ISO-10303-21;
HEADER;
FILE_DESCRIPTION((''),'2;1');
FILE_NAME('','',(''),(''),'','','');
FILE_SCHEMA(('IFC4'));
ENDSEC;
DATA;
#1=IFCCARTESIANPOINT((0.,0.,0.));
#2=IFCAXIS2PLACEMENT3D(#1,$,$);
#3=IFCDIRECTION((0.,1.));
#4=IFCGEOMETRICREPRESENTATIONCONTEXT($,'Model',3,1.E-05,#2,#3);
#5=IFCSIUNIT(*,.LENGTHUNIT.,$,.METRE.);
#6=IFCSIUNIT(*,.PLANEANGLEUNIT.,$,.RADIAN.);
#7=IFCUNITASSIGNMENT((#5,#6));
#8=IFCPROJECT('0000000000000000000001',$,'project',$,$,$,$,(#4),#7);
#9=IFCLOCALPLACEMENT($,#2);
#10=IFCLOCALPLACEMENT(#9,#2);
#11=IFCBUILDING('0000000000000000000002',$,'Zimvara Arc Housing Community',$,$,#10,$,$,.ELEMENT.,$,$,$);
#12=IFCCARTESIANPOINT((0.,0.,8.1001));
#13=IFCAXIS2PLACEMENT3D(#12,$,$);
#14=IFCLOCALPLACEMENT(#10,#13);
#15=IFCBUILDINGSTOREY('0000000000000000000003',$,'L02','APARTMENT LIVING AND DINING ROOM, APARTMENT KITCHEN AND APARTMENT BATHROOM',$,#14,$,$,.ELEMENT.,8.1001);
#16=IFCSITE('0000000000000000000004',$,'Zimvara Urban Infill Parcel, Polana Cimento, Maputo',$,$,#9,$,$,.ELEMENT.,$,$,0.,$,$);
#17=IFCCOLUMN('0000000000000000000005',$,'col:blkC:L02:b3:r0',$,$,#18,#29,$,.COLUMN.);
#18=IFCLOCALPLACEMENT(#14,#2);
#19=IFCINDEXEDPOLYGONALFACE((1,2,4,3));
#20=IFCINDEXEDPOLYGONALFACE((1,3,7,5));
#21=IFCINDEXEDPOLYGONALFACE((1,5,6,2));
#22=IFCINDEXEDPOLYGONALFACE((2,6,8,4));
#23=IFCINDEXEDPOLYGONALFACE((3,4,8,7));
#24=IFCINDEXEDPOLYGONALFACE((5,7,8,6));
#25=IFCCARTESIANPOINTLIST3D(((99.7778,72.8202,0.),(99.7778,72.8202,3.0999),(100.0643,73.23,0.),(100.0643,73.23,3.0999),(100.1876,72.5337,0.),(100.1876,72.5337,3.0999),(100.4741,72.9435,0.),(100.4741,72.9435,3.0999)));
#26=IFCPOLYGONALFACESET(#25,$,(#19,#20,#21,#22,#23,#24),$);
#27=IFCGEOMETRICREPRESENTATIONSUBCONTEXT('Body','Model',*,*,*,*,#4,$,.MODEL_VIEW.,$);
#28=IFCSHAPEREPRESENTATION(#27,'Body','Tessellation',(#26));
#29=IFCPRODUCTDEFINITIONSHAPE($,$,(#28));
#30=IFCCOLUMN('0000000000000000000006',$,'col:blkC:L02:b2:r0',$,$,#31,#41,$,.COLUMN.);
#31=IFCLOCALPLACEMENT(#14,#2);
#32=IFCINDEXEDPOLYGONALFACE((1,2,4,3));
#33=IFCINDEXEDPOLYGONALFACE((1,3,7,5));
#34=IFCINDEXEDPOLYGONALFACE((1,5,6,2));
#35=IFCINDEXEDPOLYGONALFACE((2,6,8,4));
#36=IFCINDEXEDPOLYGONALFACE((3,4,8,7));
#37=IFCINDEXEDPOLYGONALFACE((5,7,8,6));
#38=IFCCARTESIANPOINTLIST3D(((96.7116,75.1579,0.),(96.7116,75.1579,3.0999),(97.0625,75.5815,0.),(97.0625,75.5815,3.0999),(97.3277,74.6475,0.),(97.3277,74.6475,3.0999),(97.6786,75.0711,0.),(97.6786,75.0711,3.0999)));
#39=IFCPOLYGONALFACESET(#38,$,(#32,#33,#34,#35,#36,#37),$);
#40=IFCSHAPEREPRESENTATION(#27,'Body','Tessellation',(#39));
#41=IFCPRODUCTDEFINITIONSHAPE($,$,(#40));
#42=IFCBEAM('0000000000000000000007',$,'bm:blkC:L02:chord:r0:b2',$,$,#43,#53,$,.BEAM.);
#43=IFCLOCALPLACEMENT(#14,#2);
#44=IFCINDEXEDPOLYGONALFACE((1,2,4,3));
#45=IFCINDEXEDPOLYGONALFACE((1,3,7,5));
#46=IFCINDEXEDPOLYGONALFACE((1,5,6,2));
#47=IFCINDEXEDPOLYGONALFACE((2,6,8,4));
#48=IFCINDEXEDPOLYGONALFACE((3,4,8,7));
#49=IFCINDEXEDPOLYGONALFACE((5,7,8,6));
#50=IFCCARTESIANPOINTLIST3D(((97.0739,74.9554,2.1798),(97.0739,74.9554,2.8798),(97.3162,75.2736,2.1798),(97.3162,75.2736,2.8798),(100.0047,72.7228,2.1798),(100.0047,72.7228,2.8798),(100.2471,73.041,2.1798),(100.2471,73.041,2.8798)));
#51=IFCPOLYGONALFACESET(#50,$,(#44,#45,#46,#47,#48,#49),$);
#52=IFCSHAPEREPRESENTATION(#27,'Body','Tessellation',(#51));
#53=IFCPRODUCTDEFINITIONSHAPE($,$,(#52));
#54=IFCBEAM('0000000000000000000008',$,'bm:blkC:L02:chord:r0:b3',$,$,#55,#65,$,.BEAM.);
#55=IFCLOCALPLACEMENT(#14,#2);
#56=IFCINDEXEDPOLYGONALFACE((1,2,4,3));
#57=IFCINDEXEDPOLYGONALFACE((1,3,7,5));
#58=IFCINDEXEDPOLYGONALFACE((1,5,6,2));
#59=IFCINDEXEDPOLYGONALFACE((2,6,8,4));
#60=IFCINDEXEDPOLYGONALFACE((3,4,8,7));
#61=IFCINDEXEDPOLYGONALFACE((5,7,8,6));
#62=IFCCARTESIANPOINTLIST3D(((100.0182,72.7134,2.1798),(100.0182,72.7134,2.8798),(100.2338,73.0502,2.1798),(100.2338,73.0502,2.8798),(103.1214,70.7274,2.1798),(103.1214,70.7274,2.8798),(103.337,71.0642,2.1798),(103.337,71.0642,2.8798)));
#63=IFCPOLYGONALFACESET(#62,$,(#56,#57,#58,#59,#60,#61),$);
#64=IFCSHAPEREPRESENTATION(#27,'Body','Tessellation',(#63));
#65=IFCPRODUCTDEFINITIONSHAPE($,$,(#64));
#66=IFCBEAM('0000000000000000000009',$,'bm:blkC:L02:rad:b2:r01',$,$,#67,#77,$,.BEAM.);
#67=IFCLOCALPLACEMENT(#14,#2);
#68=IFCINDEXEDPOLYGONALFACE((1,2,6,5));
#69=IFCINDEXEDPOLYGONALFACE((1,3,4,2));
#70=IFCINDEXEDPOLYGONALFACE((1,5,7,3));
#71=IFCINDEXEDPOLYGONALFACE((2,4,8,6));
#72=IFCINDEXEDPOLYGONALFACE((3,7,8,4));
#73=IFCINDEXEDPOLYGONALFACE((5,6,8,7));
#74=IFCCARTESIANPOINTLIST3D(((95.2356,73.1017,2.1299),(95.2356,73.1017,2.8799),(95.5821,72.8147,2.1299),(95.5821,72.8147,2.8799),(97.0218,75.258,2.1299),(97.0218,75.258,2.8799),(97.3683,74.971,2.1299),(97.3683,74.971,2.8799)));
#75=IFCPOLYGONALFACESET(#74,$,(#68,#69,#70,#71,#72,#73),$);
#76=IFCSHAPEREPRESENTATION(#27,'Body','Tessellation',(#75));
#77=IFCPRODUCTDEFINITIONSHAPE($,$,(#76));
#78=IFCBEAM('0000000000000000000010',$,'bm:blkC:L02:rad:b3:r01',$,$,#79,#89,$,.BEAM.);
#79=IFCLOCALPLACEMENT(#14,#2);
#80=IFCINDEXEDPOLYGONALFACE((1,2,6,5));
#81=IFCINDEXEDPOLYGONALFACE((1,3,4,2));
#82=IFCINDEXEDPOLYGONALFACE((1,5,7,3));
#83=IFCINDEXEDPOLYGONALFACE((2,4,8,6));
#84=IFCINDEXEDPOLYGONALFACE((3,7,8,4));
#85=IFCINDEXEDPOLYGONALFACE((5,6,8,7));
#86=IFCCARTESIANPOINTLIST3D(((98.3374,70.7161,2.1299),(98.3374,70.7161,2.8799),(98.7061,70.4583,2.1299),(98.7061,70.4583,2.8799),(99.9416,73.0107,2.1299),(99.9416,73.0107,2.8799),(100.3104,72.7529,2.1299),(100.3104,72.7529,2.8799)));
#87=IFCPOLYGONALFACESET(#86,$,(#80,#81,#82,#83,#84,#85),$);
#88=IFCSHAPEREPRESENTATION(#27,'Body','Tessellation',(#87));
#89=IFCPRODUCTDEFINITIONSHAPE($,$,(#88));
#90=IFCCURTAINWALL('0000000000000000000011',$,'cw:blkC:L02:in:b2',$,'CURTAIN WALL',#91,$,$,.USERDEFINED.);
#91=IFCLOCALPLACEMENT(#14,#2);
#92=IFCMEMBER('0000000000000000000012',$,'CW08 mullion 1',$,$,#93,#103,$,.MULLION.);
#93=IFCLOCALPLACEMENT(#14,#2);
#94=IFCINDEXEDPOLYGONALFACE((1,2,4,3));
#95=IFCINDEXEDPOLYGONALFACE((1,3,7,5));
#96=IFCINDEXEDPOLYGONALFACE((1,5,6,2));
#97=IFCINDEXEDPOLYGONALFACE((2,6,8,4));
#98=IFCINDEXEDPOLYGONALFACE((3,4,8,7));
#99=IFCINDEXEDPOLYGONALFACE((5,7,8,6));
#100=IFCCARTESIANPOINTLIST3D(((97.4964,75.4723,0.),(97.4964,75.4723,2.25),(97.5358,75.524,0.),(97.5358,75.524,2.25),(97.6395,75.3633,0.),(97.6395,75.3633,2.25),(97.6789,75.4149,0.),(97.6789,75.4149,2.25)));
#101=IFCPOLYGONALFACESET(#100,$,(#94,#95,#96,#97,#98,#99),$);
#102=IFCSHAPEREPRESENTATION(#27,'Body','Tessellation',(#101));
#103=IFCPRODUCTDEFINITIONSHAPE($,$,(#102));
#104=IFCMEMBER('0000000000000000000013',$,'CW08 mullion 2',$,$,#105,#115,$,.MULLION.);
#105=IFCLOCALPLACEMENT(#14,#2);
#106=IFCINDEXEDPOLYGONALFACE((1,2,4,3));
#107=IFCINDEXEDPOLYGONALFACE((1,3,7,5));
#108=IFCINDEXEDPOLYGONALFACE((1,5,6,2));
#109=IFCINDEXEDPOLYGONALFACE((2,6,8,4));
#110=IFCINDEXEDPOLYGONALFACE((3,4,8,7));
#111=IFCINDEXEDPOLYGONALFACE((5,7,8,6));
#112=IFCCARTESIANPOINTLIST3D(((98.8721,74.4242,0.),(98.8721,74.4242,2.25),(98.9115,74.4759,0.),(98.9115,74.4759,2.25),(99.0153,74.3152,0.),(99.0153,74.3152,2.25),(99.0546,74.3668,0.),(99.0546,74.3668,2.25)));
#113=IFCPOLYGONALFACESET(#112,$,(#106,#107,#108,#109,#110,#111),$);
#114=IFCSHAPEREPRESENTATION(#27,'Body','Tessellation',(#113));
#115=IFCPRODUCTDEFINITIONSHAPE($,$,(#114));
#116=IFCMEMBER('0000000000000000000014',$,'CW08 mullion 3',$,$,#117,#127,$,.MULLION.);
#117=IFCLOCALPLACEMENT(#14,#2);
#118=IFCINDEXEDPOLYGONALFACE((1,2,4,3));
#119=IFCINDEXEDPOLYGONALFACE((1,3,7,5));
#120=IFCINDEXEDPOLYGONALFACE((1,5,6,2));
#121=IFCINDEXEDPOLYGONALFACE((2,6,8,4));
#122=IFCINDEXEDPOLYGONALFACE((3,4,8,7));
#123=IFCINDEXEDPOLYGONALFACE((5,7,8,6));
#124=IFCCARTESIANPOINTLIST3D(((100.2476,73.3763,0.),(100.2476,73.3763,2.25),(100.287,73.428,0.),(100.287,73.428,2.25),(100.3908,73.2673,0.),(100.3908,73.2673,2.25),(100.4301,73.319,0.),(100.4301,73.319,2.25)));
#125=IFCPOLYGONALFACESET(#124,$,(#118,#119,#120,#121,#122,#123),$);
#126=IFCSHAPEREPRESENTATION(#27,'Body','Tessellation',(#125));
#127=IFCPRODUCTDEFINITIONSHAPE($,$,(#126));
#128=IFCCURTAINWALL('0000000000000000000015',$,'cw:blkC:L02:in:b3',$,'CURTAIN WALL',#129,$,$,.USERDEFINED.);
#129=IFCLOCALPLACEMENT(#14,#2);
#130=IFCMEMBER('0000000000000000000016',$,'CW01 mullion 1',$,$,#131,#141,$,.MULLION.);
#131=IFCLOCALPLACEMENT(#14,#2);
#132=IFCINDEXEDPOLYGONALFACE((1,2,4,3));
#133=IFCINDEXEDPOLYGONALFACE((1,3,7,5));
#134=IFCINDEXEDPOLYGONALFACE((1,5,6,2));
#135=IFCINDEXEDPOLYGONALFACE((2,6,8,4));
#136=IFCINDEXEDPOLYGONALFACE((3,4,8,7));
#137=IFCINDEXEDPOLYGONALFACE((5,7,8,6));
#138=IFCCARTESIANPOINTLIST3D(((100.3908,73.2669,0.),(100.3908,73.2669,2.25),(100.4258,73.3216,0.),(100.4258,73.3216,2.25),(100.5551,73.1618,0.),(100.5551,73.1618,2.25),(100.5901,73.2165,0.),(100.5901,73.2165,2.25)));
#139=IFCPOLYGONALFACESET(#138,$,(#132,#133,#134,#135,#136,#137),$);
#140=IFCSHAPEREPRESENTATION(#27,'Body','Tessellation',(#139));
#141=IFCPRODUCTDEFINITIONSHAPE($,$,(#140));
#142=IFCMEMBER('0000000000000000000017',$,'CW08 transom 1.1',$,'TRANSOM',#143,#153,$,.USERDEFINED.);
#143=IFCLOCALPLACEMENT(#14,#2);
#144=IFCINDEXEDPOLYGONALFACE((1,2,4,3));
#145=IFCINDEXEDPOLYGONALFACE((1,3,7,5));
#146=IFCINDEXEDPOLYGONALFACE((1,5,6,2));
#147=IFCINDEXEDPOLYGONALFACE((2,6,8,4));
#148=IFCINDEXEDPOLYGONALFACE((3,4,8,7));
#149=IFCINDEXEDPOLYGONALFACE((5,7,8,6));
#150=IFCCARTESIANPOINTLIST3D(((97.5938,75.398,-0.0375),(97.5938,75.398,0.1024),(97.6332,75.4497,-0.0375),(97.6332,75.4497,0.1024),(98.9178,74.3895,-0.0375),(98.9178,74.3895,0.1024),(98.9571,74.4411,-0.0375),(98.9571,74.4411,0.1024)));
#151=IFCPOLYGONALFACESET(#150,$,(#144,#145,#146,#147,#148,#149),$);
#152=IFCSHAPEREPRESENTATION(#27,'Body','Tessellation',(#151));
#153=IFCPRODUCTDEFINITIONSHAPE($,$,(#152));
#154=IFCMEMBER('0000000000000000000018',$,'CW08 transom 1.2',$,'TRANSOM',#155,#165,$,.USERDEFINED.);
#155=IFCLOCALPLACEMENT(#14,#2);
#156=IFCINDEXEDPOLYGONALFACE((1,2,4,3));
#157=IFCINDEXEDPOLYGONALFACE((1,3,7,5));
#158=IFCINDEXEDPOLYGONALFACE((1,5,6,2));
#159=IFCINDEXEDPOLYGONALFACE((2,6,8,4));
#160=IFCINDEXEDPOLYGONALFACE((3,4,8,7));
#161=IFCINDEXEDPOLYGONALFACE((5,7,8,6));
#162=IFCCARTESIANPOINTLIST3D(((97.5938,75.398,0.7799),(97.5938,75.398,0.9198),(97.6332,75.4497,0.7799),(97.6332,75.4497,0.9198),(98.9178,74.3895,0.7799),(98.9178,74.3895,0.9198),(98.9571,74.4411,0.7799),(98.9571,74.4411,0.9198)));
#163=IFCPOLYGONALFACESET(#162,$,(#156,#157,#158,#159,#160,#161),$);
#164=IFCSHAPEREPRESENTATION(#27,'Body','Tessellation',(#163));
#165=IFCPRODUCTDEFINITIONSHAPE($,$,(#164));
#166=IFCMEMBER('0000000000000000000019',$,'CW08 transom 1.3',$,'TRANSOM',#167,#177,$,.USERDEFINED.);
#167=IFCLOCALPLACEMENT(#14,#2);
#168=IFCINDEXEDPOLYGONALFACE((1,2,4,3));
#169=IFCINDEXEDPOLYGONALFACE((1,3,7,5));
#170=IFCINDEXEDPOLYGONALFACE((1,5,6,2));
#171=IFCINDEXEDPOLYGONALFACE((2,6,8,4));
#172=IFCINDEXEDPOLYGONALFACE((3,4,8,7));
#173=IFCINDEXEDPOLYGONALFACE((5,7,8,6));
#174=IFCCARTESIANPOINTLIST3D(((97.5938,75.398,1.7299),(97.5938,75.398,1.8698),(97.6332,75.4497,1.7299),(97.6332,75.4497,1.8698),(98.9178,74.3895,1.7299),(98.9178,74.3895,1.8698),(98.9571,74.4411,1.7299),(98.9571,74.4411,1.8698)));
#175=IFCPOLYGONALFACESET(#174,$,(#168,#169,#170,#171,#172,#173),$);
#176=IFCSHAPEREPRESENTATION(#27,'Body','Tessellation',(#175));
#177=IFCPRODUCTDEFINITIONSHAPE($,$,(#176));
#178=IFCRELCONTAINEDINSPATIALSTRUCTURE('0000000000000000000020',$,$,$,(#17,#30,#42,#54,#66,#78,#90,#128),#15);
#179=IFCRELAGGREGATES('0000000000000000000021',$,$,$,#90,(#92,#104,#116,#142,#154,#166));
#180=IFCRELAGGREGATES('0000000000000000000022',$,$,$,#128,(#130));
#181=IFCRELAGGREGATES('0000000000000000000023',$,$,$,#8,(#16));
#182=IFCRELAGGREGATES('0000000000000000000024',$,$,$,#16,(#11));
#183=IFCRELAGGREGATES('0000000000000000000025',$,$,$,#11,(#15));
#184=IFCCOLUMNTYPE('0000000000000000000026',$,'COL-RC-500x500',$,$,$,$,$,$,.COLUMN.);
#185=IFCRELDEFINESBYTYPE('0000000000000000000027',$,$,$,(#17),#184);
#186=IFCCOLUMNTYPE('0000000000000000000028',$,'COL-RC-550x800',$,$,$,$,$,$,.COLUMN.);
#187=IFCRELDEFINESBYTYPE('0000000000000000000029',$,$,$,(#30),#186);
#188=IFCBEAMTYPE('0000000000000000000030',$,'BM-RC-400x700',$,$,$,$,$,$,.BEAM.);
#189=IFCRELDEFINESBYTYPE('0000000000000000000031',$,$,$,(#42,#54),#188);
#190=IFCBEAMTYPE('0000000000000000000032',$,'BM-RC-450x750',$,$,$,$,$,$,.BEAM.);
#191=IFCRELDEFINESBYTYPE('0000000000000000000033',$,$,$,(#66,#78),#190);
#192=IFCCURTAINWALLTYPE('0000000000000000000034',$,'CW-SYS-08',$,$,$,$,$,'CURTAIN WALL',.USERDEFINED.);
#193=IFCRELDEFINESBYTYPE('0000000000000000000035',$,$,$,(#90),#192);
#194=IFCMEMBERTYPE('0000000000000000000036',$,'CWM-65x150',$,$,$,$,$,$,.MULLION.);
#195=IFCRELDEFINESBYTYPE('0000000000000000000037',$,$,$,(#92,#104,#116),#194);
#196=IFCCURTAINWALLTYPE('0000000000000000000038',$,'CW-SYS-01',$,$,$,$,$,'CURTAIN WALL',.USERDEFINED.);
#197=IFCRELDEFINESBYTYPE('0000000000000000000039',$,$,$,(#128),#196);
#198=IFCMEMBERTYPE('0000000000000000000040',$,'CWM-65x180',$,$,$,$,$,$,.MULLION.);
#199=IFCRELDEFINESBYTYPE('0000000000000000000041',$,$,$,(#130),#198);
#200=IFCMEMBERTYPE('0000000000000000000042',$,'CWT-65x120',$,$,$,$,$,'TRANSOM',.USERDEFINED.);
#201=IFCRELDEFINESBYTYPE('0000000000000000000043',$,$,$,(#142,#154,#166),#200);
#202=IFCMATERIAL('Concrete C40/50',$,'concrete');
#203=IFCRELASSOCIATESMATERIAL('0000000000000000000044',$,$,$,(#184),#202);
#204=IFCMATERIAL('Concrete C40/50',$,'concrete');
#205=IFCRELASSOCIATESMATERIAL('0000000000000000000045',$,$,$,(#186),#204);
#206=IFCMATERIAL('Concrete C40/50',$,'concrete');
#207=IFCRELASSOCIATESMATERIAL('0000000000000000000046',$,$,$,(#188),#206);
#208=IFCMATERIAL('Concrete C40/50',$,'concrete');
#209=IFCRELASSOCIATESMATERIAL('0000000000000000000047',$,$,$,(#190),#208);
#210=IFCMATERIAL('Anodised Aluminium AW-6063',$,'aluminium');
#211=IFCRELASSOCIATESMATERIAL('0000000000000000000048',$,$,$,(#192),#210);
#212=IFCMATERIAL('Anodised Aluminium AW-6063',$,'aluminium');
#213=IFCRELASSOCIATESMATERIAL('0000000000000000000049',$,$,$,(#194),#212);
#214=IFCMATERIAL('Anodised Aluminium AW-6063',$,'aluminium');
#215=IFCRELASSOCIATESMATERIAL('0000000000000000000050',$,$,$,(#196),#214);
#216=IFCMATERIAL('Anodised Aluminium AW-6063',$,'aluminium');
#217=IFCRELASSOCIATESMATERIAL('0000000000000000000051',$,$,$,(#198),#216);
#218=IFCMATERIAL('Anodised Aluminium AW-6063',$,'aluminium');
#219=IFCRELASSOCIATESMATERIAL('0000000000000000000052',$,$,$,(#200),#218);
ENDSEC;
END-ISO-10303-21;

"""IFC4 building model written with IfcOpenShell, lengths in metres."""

from ifc_helpers import new_model, si_unit, direction, frame, origin, origin_2d, place, context, subcontext, project, spatial, rectangle, extrude, material, material_profile, profile_set, type_object, element, aggregate, save


model = new_model("IFC4")

# Units and contexts
model_context = context("Model", 3, precision=1e-05, world=origin(), true_north=direction((0.0, 1.0)))
body_context = subcontext(model_context, "Body", "Model", "MODEL_VIEW")
ifc_project = project(units=[si_unit("LENGTHUNIT", "METRE"), si_unit("PLANEANGLEUNIT", "RADIAN")], contexts=[model_context])

# Site, building, storey
site_placement = place(None, origin())
site = spatial("IfcSite", under=ifc_project, at=site_placement, Name="Zimvara Urban Infill Parcel, Polana Cimento, Maputo", CompositionType="ELEMENT", RefElevation=0.0)
building_placement = place(site_placement, origin())
building = spatial("IfcBuilding", under=site, at=building_placement, Name="Zimvara Arc Housing Community", CompositionType="ELEMENT")
storey_placement = place(building_placement, frame((0.0, 0.0, 8.1001)))
storey = spatial("IfcBuildingStorey", under=building, at=storey_placement, Name="L02", Description="APARTMENT LIVING AND DINING ROOM, APARTMENT KITCHEN AND APARTMENT BATHROOM", CompositionType="ELEMENT", Elevation=8.1001)

# Columns
ifc_material_1 = material(Name="Concrete C40/50", Category="concrete")
ifc_material_profile_1 = material_profile(ifc_material_1, rectangle(XDim=0.5, YDim=0.5, at=origin_2d()), Name="RC 500x500")
ifc_profile_set_1 = profile_set([ifc_material_profile_1], Name="Concrete C40/50")
column_type_1 = type_object("IfcColumnType", Name="COL-RC-500x500", PredefinedType="COLUMN", material=ifc_profile_set_1)
column_1_placement = place(storey_placement, frame((100.126, 72.8818, 0.0), z_axis=(0.0, 0.0, 1.0), x_axis=(-0.573004, -0.819552, 0.0)))
element("IfcColumn", 1, at=column_1_placement, inside=storey, type_object=column_type_1, Name="col:blkC:L02:b3:r0", PredefinedType="COLUMN", context=body_context, shape_type="SweptSolid", body=[
    extrude(rectangle(XDim=0.5, YDim=0.5, at=origin_2d()), origin(), (0.0, 0.0, 1.0), 3.0999),
])
ifc_material_2 = material(Name="Concrete C40/50", Category="concrete")
ifc_material_profile_2 = material_profile(ifc_material_2, rectangle(XDim=0.55, YDim=0.8, at=origin_2d()), Name="RC 550x800")
ifc_profile_set_2 = profile_set([ifc_material_profile_2], Name="Concrete C40/50")
column_type_2 = type_object("IfcColumnType", Name="COL-RC-550x800", PredefinedType="COLUMN", material=ifc_profile_set_2)
column_2_placement = place(storey_placement, frame((97.1951, 75.1145, 0.0), z_axis=(0.0, 0.0, 1.0), x_axis=(-0.637962, -0.770068, 0.0)))
element("IfcColumn", 2, at=column_2_placement, inside=storey, type_object=column_type_2, Name="col:blkC:L02:b2:r0", PredefinedType="COLUMN", context=body_context, shape_type="SweptSolid", body=[
    extrude(rectangle(XDim=0.55, YDim=0.8, at=origin_2d()), origin(), (0.0, 0.0, 1.0), 3.0999),
])

# Beams
ifc_material_3 = material(Name="Concrete C40/50", Category="concrete")
ifc_material_profile_3 = material_profile(ifc_material_3, rectangle(XDim=0.3999, YDim=0.7, at=origin_2d()), Name="RC 400x700")
ifc_profile_set_3 = profile_set([ifc_material_profile_3], Name="Concrete C40/50")
beam_type_1 = type_object("IfcBeamType", Name="BM-RC-400x700", PredefinedType="BEAM", material=ifc_profile_set_3)
for number, where, z_axis, x_axis, name in (
    (3, (97.1951, 75.1145, 2.5298), (0.795485, -0.605973, 0.0), (0.605973, 0.795485, 0.0), "bm:blkC:L02:chord:r0:b2"),
    (4, (100.126, 72.8818, 2.5298), (0.842273, -0.539052, 0.0), (0.539052, 0.842273, 0.0), "bm:blkC:L02:chord:r0:b3"),
):
    element("IfcBeam", number, at=place(storey_placement, frame(where, z_axis=z_axis, x_axis=x_axis)), inside=storey, type_object=beam_type_1, Name=name, PredefinedType="BEAM", context=body_context, shape_type="SweptSolid", body=[
        extrude(rectangle(XDim=0.3999, YDim=0.7, at=origin_2d()), origin(), (0.0, 0.0, 1.0), 3.6843),
    ])
ifc_material_4 = material(Name="Concrete C40/50", Category="concrete")
ifc_material_profile_4 = material_profile(ifc_material_4, rectangle(XDim=0.45, YDim=0.75, at=origin_2d()), Name="RC 450x750")
ifc_profile_set_4 = profile_set([ifc_material_profile_4], Name="Concrete C40/50")
beam_type_2 = type_object("IfcBeamType", Name="BM-RC-450x750", PredefinedType="BEAM", material=ifc_profile_set_4)
beam_1_placement = place(storey_placement, frame((97.1951, 75.1145, 2.5049), z_axis=(-0.637917, -0.770105, 0.0), x_axis=(0.770105, -0.637917, 0.0)))
element("IfcBeam", 5, at=beam_1_placement, inside=storey, type_object=beam_type_2, Name="bm:blkC:L02:rad:b2:r01", PredefinedType="BEAM", context=body_context, shape_type="SweptSolid", body=[
    extrude(rectangle(XDim=0.45, YDim=0.75, at=origin_2d()), origin(), (0.0, 0.0, 1.0), 2.8),
])
beam_2_placement = place(storey_placement, frame((100.126, 72.8818, 2.5049), z_axis=(-0.572977, -0.819572, 0.0), x_axis=(0.819572, -0.572977, 0.0)))
element("IfcBeam", 6, at=beam_2_placement, inside=storey, type_object=beam_type_2, Name="bm:blkC:L02:rad:b3:r01", PredefinedType="BEAM", context=body_context, shape_type="SweptSolid", body=[
    extrude(rectangle(XDim=0.45, YDim=0.75, at=origin_2d()), origin(), (0.0, 0.0, 1.0), 2.7998),
])

# Curtain wall, members
ifc_material_5 = material(Name="Anodised Aluminium AW-6063", Category="aluminium")
curtain_wall_type_1 = type_object("IfcCurtainWallType", Name="CW-SYS-08", ElementType="CURTAIN WALL", PredefinedType="USERDEFINED", material=ifc_material_5)
curtain_wall_1_placement = place(storey_placement, origin())
curtain_wall_1 = element("IfcCurtainWall", 7, at=curtain_wall_1_placement, inside=storey, type_object=curtain_wall_type_1, Name="cw:blkC:L02:in:b2", ObjectType="CURTAIN WALL", PredefinedType="USERDEFINED")
ifc_material_6 = material(Name="Anodised Aluminium AW-6063", Category="aluminium")
ifc_material_profile_5 = material_profile(ifc_material_6, rectangle(XDim=0.0649, YDim=0.1799, at=origin_2d()), Name="ALU 65x180")
ifc_profile_set_5 = profile_set([ifc_material_profile_5], Name="Anodised Aluminium AW-6063")
member_type_1 = type_object("IfcMemberType", Name="CWM-65x150", PredefinedType="MULLION", material=ifc_profile_set_5)
member_1_placement = place(storey_placement, frame((97.5876, 75.4436, 0.0), z_axis=(0.0, 0.0, 1.0), x_axis=(0.605988, 0.795474, 0.0)))
member_1 = element("IfcMember", 8, at=member_1_placement, type_object=member_type_1, Name="CW08 mullion 1", PredefinedType="MULLION", context=body_context, shape_type="SweptSolid", body=[
    extrude(rectangle(XDim=0.0649, YDim=0.1799, at=origin_2d()), origin(), (0.0, 0.0, 1.0), 2.25),
])
member_2_placement = place(storey_placement, frame((98.9634, 74.3955, 0.0), z_axis=(0.0, 0.0, 1.0), x_axis=(0.605988, 0.795474, 0.0)))
member_2 = element("IfcMember", 9, at=member_2_placement, type_object=member_type_1, Name="CW08 mullion 2", PredefinedType="MULLION", context=body_context, shape_type="SweptSolid", body=[
    extrude(rectangle(XDim=0.0649, YDim=0.1799, at=origin_2d()), origin(), (0.0, 0.0, 1.0), 2.25),
])
member_3_placement = place(storey_placement, frame((100.3389, 73.3477, 0.0), z_axis=(0.0, 0.0, 1.0), x_axis=(0.605988, 0.795474, 0.0)))
member_3 = element("IfcMember", 10, at=member_3_placement, type_object=member_type_1, Name="CW08 mullion 3", PredefinedType="MULLION", context=body_context, shape_type="SweptSolid", body=[
    extrude(rectangle(XDim=0.0649, YDim=0.1799, at=origin_2d()), origin(), (0.0, 0.0, 1.0), 2.25),
])

# Curtain wall, member
ifc_material_7 = material(Name="Anodised Aluminium AW-6063", Category="aluminium")
curtain_wall_type_2 = type_object("IfcCurtainWallType", Name="CW-SYS-01", ElementType="CURTAIN WALL", PredefinedType="USERDEFINED", material=ifc_material_7)
curtain_wall_2_placement = place(storey_placement, origin())
curtain_wall_2 = element("IfcCurtainWall", 11, at=curtain_wall_2_placement, inside=storey, type_object=curtain_wall_type_2, Name="cw:blkC:L02:in:b3", ObjectType="CURTAIN WALL", PredefinedType="USERDEFINED")
ifc_material_8 = material(Name="Anodised Aluminium AW-6063", Category="aluminium")
ifc_material_profile_6 = material_profile(ifc_material_8, rectangle(XDim=0.0649, YDim=0.1951, at=origin_2d()), Name="ALU 65x195")
ifc_profile_set_6 = profile_set([ifc_material_profile_6], Name="Anodised Aluminium AW-6063")
member_type_2 = type_object("IfcMemberType", Name="CWM-65x180", PredefinedType="MULLION", material=ifc_profile_set_6)
member_4_placement = place(storey_placement, frame((100.4905, 73.2417, 0.0), z_axis=(0.0, 0.0, 1.0), x_axis=(0.539064, 0.842265, 0.0)))
member_4 = element("IfcMember", 12, at=member_4_placement, type_object=member_type_2, Name="CW01 mullion 1", PredefinedType="MULLION", context=body_context, shape_type="SweptSolid", body=[
    extrude(rectangle(XDim=0.0649, YDim=0.1951, at=origin_2d()), origin(), (0.0, 0.0, 1.0), 2.25),
])

# Members
ifc_material_9 = material(Name="Anodised Aluminium AW-6063", Category="aluminium")
ifc_material_profile_7 = material_profile(ifc_material_9, rectangle(XDim=0.0649, YDim=0.1399, at=origin_2d()), Name="ALU 65x140")
ifc_profile_set_7 = profile_set([ifc_material_profile_7], Name="Anodised Aluminium AW-6063")
member_type_3 = type_object("IfcMemberType", Name="CWT-65x120", ElementType="TRANSOM", PredefinedType="USERDEFINED", material=ifc_profile_set_7)
member_5_placement = place(storey_placement, frame((97.6135, 75.4238, 0.0325), z_axis=(0.795489, -0.605968, 0.0), x_axis=(0.605968, 0.795489, 0.0)))
member_5 = element("IfcMember", 13, at=member_5_placement, type_object=member_type_3, Name="CW08 transom 1.1", ObjectType="TRANSOM", PredefinedType="USERDEFINED", context=body_context, shape_type="SweptSolid", body=[
    extrude(rectangle(XDim=0.0649, YDim=0.1399, at=origin_2d()), origin(), (0.0, 0.0, 1.0), 1.6643),
])
member_6_placement = place(storey_placement, frame((97.6135, 75.4238, 0.8499), z_axis=(0.795489, -0.605968, 0.0), x_axis=(0.605968, 0.795489, 0.0)))
member_6 = element("IfcMember", 14, at=member_6_placement, type_object=member_type_3, Name="CW08 transom 1.2", ObjectType="TRANSOM", PredefinedType="USERDEFINED", context=body_context, shape_type="SweptSolid", body=[
    extrude(rectangle(XDim=0.0649, YDim=0.1399, at=origin_2d()), origin(), (0.0, 0.0, 1.0), 1.6643),
])
member_7_placement = place(storey_placement, frame((97.6135, 75.4238, 1.7998), z_axis=(0.795489, -0.605968, 0.0), x_axis=(0.605968, 0.795489, 0.0)))
member_7 = element("IfcMember", 15, at=member_7_placement, type_object=member_type_3, Name="CW08 transom 1.3", ObjectType="TRANSOM", PredefinedType="USERDEFINED", context=body_context, shape_type="SweptSolid", body=[
    extrude(rectangle(XDim=0.0649, YDim=0.1399, at=origin_2d()), origin(), (0.0, 0.0, 1.0), 1.6643),
])

aggregate(curtain_wall_1, [member_1, member_2, member_3, member_5, member_6, member_7])
aggregate(curtain_wall_2, [member_4])

save(model, "model.ifc")
